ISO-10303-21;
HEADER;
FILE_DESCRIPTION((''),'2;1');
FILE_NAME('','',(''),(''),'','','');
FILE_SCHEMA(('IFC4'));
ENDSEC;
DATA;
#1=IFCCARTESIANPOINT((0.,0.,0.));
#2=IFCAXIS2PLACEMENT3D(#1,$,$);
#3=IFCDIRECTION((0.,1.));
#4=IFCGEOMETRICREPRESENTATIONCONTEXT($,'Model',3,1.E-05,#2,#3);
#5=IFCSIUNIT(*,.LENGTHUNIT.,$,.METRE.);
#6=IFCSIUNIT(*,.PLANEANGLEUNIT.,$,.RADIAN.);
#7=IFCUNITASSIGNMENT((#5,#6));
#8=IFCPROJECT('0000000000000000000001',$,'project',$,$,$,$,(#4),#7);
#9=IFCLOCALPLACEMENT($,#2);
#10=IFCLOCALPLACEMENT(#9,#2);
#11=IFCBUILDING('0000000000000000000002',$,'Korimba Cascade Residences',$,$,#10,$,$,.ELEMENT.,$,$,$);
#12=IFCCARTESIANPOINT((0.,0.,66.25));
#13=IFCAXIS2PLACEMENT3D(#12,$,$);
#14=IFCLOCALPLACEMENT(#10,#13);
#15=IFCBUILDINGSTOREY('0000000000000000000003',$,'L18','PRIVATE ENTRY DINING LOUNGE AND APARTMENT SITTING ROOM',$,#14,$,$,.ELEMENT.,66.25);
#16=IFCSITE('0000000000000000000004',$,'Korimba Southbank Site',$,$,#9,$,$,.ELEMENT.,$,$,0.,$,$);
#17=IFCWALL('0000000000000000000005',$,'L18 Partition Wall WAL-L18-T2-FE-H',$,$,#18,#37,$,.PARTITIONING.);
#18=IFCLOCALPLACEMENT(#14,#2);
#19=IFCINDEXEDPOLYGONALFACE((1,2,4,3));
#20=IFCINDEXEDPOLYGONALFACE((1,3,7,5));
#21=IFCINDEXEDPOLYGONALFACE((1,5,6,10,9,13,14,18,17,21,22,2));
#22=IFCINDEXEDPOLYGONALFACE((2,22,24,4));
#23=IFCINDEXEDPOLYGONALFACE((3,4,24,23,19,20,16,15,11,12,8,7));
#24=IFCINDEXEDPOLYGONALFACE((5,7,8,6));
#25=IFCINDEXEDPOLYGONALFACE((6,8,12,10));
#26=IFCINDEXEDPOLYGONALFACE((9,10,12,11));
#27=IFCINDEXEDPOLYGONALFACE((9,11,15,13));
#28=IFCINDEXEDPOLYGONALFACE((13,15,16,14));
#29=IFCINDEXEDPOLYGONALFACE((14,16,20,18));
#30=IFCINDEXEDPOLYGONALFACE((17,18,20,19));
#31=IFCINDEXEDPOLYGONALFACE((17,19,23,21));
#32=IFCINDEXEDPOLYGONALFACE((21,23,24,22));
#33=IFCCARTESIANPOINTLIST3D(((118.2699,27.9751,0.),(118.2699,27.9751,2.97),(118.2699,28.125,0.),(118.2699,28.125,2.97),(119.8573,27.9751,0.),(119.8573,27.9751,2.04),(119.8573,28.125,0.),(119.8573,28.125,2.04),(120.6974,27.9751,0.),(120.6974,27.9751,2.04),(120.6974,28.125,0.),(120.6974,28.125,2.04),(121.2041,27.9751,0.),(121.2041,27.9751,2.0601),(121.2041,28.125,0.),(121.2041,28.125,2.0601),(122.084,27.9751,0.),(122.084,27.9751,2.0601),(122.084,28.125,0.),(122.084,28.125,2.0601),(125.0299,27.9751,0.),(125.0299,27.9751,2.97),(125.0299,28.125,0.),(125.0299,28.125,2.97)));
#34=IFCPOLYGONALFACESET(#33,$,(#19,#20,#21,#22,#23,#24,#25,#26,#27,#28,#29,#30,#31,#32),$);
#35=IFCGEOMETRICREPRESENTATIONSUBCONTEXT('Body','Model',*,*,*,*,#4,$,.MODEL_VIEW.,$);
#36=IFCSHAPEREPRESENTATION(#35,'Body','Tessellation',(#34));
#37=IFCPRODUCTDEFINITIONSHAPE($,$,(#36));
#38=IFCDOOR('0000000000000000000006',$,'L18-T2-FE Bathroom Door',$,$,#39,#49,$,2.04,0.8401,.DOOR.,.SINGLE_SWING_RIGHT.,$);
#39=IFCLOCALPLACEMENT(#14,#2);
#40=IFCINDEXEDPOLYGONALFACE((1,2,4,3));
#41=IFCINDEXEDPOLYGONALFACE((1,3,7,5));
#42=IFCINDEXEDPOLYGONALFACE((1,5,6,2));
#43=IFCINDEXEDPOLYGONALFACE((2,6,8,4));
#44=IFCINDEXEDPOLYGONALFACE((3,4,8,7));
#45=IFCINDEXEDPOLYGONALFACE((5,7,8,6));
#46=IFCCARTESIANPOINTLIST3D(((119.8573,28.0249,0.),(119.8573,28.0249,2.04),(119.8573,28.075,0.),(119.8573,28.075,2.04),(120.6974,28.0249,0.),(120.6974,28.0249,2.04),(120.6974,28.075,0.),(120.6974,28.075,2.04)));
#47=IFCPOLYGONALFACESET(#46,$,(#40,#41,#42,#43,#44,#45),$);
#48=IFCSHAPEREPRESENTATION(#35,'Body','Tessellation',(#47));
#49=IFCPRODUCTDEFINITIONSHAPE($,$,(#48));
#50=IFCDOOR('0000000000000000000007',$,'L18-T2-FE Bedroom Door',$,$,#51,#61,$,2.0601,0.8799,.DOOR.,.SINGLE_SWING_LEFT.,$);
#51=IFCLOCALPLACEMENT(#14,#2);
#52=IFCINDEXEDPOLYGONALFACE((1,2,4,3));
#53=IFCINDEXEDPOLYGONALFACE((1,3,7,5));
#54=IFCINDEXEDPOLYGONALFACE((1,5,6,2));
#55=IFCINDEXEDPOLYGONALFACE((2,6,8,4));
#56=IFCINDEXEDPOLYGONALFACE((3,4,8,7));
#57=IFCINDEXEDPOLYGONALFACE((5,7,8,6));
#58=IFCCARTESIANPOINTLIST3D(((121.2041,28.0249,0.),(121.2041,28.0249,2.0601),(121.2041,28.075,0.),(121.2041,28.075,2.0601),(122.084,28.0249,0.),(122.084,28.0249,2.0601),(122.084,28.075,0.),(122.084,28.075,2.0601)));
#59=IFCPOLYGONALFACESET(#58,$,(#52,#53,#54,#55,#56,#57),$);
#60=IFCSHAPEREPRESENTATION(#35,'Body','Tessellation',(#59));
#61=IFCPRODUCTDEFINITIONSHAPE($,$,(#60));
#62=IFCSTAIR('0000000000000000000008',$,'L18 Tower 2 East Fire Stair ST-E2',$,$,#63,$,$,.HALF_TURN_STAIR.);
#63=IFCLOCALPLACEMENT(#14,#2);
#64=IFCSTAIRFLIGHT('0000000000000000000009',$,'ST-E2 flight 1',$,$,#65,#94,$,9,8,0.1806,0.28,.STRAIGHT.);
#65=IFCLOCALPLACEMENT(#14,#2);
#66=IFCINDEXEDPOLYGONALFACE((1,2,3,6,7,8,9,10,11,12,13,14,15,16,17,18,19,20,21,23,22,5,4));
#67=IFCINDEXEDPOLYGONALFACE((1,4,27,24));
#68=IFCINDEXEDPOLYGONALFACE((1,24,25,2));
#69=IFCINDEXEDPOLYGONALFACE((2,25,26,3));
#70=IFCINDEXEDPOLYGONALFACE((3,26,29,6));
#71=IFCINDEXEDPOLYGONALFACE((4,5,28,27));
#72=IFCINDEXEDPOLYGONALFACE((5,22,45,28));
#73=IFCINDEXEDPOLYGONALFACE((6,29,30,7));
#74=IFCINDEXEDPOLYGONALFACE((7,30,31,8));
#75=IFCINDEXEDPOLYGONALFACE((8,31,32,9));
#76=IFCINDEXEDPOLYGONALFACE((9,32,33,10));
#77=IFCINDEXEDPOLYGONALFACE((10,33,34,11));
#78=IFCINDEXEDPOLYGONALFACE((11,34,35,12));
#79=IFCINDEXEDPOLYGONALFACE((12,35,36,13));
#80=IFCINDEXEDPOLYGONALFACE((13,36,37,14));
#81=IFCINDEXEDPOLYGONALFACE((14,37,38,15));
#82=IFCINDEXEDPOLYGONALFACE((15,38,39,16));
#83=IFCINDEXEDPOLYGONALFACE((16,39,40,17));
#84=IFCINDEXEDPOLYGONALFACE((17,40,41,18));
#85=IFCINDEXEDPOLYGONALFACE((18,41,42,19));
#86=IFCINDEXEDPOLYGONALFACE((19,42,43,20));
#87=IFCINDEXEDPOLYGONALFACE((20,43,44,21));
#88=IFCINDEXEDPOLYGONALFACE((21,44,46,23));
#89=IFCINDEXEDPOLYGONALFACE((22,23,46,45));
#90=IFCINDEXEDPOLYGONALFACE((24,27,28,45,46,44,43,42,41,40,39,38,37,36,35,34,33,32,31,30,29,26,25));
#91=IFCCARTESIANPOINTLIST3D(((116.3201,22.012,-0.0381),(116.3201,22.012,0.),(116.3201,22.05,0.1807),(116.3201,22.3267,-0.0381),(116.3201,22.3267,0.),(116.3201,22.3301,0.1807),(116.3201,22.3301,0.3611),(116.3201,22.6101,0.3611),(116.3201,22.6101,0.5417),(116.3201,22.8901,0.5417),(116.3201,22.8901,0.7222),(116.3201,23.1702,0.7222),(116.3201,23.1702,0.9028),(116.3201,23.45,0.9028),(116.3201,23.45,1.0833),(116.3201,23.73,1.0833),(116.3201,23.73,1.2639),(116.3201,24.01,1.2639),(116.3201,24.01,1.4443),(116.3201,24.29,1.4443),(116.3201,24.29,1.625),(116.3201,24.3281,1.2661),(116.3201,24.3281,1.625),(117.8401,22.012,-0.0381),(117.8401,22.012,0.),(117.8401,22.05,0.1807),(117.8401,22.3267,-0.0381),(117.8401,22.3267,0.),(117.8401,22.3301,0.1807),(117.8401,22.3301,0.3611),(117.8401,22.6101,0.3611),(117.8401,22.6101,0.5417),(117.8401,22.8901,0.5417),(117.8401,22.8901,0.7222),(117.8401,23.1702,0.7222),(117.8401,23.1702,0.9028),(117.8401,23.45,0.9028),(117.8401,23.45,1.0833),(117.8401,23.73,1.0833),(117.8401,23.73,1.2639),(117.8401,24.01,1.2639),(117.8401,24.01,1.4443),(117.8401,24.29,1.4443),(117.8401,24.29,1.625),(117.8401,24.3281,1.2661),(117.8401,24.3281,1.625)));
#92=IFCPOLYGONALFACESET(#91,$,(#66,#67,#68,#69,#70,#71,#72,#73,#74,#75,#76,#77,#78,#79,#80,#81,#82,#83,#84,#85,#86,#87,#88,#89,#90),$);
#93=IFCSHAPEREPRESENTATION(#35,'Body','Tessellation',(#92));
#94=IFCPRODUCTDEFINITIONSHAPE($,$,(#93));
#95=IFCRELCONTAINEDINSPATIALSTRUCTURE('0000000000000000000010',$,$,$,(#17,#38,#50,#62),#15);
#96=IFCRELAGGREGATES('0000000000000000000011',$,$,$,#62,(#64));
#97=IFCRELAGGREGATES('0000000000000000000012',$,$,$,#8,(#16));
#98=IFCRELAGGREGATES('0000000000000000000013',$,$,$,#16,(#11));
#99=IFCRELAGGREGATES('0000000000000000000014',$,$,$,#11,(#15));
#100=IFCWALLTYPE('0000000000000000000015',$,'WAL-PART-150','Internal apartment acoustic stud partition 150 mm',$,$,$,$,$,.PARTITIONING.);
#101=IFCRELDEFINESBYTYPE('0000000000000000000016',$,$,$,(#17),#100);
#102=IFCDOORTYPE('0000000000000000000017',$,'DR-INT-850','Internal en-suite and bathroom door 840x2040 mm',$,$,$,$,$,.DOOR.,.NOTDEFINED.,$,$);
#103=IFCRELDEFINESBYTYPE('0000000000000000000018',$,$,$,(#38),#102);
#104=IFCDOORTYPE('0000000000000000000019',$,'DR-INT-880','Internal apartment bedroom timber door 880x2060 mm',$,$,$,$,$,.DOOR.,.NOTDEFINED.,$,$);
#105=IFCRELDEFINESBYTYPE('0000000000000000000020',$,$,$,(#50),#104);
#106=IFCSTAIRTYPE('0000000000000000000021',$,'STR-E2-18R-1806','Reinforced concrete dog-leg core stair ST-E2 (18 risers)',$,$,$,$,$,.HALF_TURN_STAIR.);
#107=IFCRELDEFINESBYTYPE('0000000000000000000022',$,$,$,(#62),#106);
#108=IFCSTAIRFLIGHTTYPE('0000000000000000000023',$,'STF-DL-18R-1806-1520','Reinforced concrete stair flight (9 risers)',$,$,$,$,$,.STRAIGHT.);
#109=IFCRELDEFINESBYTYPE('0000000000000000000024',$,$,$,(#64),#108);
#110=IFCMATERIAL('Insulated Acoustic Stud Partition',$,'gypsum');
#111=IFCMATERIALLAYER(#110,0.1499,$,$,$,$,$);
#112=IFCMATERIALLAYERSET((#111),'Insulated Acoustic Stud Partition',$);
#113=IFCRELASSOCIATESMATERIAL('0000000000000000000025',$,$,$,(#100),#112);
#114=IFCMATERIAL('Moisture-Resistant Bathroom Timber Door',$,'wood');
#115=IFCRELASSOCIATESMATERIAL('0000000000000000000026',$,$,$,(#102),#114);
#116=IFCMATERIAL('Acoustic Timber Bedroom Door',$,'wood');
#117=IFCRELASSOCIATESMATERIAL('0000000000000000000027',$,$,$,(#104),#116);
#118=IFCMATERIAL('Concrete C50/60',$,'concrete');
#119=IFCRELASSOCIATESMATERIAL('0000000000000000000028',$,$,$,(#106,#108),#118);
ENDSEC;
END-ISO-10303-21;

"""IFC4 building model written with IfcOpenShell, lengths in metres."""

from ifc_helpers import new_model, si_unit, direction, frame, frame_2d, origin, place, context, subcontext, project, spatial, polyline, rectangle, outline, extrude, material, layer, layer_set, type_object, element, fill, aggregate, save


model = new_model("IFC4")

# Units and contexts
model_context = context("Model", 3, precision=1e-05, world=origin(), true_north=direction((0.0, 1.0)))
body_context = subcontext(model_context, "Body", "Model", "MODEL_VIEW")
ifc_project = project(units=[si_unit("LENGTHUNIT", "METRE"), si_unit("PLANEANGLEUNIT", "RADIAN")], contexts=[model_context])

# Site, building, storey
site_placement = place(None, origin())
site = spatial("IfcSite", under=ifc_project, at=site_placement, Name="Korimba Southbank Site", CompositionType="ELEMENT", RefElevation=0.0)
building_placement = place(site_placement, origin())
building = spatial("IfcBuilding", under=site, at=building_placement, Name="Korimba Cascade Residences", CompositionType="ELEMENT")
storey_placement = place(building_placement, frame((0.0, 0.0, 66.25)))
storey = spatial("IfcBuildingStorey", under=building, at=storey_placement, Name="L18", Description="PRIVATE ENTRY DINING LOUNGE AND APARTMENT SITTING ROOM", CompositionType="ELEMENT", Elevation=66.25)

# Shared definitions
ifc_material_1 = material(Name="Concrete C50/60", Category="concrete")

# Shared definitions
ifc_material_2 = material(Name="Insulated Acoustic Stud Partition", Category="gypsum")
ifc_layer_1 = layer(ifc_material_2, 0.1499)
ifc_layer_set_1 = layer_set([ifc_layer_1], Name="Insulated Acoustic Stud Partition")
wall_type_1 = type_object("IfcWallType", Name="WAL-PART-150", Description="Internal apartment acoustic stud partition 150 mm", PredefinedType="PARTITIONING", material=ifc_layer_set_1)
ifc_material_3 = material(Name="Moisture-Resistant Bathroom Timber Door", Category="wood")
door_type_1 = type_object("IfcDoorType", Name="DR-INT-850", Description="Internal en-suite and bathroom door 840x2040 mm", OperationType="NOTDEFINED", PredefinedType="DOOR", material=ifc_material_3)

# Wall, openings, doors
wall_1_placement = place(storey_placement, frame((118.27, 28.05, 0.0), z_axis=(0.0, 0.0, 1.0), x_axis=(1.0, 0.0, 0.0)))
wall_1 = element("IfcWall", 1, at=wall_1_placement, inside=storey, type_object=wall_type_1, Name="L18 Partition Wall WAL-L18-T2-FE-H", PredefinedType="PARTITIONING", context=body_context, shape_type="SweptSolid", body=[
    extrude(rectangle(XDim=6.76, YDim=0.1499, at=frame_2d((3.3799, 0.0))), origin(), (0.0, 0.0, 1.0), 2.97),
])
opening_1_placement = place(wall_1_placement, frame((1.5874, 0.0, 0.0)))
opening_1 = element("IfcOpeningElement", 2, at=opening_1_placement, cuts=wall_1, PredefinedType="OPENING", context=body_context, shape_type="SweptSolid", body=[
    extrude(rectangle(XDim=0.8401, YDim=2.04, at=frame_2d((0.4199, 1.02))), frame((0.0, 0.085, 0.0), z_axis=(0.0, -1.0, 0.0), x_axis=(1.0, 0.0, 0.0)), (0.0, 0.0, 1.0), 0.1699),
])
opening_2_placement = place(wall_1_placement, frame((2.9341, 0.0, 0.0)))
opening_2 = element("IfcOpeningElement", 3, at=opening_2_placement, cuts=wall_1, PredefinedType="OPENING", context=body_context, shape_type="SweptSolid", body=[
    extrude(rectangle(XDim=0.8799, YDim=2.0601, at=frame_2d((0.4399, 1.03))), frame((0.0, 0.085, 0.0), z_axis=(0.0, -1.0, 0.0), x_axis=(1.0, 0.0, 0.0)), (0.0, 0.0, 1.0), 0.1699),
])
door_1_placement = place(opening_1_placement, origin())
door_1 = element("IfcDoor", 4, at=door_1_placement, inside=storey, type_object=door_type_1, Name="L18-T2-FE Bathroom Door", OperationType="SINGLE_SWING_RIGHT", OverallHeight=2.04, OverallWidth=0.8401, PredefinedType="DOOR", context=body_context, shape_type="SweptSolid", body=[
    extrude(rectangle(XDim=0.8401, YDim=2.04, at=frame_2d((0.4199, 1.02))), frame((0.0, 0.0249, 0.0), z_axis=(0.0, -1.0, 0.0), x_axis=(1.0, 0.0, 0.0)), (0.0, 0.0, 1.0), 0.05),
])
fill(opening_1, door_1)
ifc_material_4 = material(Name="Acoustic Timber Bedroom Door", Category="wood")
door_type_2 = type_object("IfcDoorType", Name="DR-INT-880", Description="Internal apartment bedroom timber door 880x2060 mm", OperationType="NOTDEFINED", PredefinedType="DOOR", material=ifc_material_4)
door_2_placement = place(opening_2_placement, origin())
door_2 = element("IfcDoor", 5, at=door_2_placement, inside=storey, type_object=door_type_2, Name="L18-T2-FE Bedroom Door", OperationType="SINGLE_SWING_LEFT", OverallHeight=2.0601, OverallWidth=0.8799, PredefinedType="DOOR", context=body_context, shape_type="SweptSolid", body=[
    extrude(rectangle(XDim=0.8799, YDim=2.0601, at=frame_2d((0.4399, 1.03))), frame((0.0, 0.0249, 0.0), z_axis=(0.0, -1.0, 0.0), x_axis=(1.0, 0.0, 0.0)), (0.0, 0.0, 1.0), 0.05),
])
fill(opening_2, door_2)

# Stair, stair flight
stair_type = type_object("IfcStairType", Name="STR-E2-18R-1806", Description="Reinforced concrete dog-leg core stair ST-E2 (18 risers)", PredefinedType="HALF_TURN_STAIR", material=ifc_material_1)
stair_placement = place(storey_placement, origin())
stair = element("IfcStair", 6, at=stair_placement, inside=storey, type_object=stair_type, Name="L18 Tower 2 East Fire Stair ST-E2", PredefinedType="HALF_TURN_STAIR")
stair_flight_type = type_object("IfcStairFlightType", Name="STF-DL-18R-1806-1520", Description="Reinforced concrete stair flight (9 risers)", PredefinedType="STRAIGHT", material=ifc_material_1)
stair_flight_placement = place(storey_placement, frame((117.0801, 22.05, 0.0), z_axis=(0.0, 0.0, 1.0), x_axis=(0.0, 1.0, 0.0)))
stair_flight = element("IfcStairFlight", 7, at=stair_flight_placement, type_object=stair_flight_type, Name="ST-E2 flight 1", NumberOfRisers=9, NumberOfTreads=8, PredefinedType="STRAIGHT", RiserHeight=0.1806, TreadLength=0.28, context=body_context, shape_type="SweptSolid", body=[
    extrude(outline(polyline([(-0.0381, 0.0), (0.0, 0.1807), (0.28, 0.1807), (0.28, 0.3611), (0.5601, 0.3611), (0.5601, 0.5417), (0.8401, 0.5417), (0.8401, 0.7222), (1.1201, 0.7222), (1.1201, 0.9028), (1.3999, 0.9028), (1.3999, 1.0833), (1.6799, 1.0833), (1.6799, 1.2639), (1.96, 1.2639), (1.96, 1.4443), (2.24, 1.4443), (2.24, 1.625), (2.2781, 1.625), (2.2781, 1.2661), (0.2766, 0.0), (0.2766, -0.0381), (-0.0381, -0.0381), (-0.0381, 0.0)])), frame((0.0, 0.76, 0.0), z_axis=(0.0, -1.0, 0.0), x_axis=(1.0, 0.0, 0.0)), (0.0, 0.0, 1.0), 1.52),
])
aggregate(stair, [stair_flight])

save(model, "model.ifc")
